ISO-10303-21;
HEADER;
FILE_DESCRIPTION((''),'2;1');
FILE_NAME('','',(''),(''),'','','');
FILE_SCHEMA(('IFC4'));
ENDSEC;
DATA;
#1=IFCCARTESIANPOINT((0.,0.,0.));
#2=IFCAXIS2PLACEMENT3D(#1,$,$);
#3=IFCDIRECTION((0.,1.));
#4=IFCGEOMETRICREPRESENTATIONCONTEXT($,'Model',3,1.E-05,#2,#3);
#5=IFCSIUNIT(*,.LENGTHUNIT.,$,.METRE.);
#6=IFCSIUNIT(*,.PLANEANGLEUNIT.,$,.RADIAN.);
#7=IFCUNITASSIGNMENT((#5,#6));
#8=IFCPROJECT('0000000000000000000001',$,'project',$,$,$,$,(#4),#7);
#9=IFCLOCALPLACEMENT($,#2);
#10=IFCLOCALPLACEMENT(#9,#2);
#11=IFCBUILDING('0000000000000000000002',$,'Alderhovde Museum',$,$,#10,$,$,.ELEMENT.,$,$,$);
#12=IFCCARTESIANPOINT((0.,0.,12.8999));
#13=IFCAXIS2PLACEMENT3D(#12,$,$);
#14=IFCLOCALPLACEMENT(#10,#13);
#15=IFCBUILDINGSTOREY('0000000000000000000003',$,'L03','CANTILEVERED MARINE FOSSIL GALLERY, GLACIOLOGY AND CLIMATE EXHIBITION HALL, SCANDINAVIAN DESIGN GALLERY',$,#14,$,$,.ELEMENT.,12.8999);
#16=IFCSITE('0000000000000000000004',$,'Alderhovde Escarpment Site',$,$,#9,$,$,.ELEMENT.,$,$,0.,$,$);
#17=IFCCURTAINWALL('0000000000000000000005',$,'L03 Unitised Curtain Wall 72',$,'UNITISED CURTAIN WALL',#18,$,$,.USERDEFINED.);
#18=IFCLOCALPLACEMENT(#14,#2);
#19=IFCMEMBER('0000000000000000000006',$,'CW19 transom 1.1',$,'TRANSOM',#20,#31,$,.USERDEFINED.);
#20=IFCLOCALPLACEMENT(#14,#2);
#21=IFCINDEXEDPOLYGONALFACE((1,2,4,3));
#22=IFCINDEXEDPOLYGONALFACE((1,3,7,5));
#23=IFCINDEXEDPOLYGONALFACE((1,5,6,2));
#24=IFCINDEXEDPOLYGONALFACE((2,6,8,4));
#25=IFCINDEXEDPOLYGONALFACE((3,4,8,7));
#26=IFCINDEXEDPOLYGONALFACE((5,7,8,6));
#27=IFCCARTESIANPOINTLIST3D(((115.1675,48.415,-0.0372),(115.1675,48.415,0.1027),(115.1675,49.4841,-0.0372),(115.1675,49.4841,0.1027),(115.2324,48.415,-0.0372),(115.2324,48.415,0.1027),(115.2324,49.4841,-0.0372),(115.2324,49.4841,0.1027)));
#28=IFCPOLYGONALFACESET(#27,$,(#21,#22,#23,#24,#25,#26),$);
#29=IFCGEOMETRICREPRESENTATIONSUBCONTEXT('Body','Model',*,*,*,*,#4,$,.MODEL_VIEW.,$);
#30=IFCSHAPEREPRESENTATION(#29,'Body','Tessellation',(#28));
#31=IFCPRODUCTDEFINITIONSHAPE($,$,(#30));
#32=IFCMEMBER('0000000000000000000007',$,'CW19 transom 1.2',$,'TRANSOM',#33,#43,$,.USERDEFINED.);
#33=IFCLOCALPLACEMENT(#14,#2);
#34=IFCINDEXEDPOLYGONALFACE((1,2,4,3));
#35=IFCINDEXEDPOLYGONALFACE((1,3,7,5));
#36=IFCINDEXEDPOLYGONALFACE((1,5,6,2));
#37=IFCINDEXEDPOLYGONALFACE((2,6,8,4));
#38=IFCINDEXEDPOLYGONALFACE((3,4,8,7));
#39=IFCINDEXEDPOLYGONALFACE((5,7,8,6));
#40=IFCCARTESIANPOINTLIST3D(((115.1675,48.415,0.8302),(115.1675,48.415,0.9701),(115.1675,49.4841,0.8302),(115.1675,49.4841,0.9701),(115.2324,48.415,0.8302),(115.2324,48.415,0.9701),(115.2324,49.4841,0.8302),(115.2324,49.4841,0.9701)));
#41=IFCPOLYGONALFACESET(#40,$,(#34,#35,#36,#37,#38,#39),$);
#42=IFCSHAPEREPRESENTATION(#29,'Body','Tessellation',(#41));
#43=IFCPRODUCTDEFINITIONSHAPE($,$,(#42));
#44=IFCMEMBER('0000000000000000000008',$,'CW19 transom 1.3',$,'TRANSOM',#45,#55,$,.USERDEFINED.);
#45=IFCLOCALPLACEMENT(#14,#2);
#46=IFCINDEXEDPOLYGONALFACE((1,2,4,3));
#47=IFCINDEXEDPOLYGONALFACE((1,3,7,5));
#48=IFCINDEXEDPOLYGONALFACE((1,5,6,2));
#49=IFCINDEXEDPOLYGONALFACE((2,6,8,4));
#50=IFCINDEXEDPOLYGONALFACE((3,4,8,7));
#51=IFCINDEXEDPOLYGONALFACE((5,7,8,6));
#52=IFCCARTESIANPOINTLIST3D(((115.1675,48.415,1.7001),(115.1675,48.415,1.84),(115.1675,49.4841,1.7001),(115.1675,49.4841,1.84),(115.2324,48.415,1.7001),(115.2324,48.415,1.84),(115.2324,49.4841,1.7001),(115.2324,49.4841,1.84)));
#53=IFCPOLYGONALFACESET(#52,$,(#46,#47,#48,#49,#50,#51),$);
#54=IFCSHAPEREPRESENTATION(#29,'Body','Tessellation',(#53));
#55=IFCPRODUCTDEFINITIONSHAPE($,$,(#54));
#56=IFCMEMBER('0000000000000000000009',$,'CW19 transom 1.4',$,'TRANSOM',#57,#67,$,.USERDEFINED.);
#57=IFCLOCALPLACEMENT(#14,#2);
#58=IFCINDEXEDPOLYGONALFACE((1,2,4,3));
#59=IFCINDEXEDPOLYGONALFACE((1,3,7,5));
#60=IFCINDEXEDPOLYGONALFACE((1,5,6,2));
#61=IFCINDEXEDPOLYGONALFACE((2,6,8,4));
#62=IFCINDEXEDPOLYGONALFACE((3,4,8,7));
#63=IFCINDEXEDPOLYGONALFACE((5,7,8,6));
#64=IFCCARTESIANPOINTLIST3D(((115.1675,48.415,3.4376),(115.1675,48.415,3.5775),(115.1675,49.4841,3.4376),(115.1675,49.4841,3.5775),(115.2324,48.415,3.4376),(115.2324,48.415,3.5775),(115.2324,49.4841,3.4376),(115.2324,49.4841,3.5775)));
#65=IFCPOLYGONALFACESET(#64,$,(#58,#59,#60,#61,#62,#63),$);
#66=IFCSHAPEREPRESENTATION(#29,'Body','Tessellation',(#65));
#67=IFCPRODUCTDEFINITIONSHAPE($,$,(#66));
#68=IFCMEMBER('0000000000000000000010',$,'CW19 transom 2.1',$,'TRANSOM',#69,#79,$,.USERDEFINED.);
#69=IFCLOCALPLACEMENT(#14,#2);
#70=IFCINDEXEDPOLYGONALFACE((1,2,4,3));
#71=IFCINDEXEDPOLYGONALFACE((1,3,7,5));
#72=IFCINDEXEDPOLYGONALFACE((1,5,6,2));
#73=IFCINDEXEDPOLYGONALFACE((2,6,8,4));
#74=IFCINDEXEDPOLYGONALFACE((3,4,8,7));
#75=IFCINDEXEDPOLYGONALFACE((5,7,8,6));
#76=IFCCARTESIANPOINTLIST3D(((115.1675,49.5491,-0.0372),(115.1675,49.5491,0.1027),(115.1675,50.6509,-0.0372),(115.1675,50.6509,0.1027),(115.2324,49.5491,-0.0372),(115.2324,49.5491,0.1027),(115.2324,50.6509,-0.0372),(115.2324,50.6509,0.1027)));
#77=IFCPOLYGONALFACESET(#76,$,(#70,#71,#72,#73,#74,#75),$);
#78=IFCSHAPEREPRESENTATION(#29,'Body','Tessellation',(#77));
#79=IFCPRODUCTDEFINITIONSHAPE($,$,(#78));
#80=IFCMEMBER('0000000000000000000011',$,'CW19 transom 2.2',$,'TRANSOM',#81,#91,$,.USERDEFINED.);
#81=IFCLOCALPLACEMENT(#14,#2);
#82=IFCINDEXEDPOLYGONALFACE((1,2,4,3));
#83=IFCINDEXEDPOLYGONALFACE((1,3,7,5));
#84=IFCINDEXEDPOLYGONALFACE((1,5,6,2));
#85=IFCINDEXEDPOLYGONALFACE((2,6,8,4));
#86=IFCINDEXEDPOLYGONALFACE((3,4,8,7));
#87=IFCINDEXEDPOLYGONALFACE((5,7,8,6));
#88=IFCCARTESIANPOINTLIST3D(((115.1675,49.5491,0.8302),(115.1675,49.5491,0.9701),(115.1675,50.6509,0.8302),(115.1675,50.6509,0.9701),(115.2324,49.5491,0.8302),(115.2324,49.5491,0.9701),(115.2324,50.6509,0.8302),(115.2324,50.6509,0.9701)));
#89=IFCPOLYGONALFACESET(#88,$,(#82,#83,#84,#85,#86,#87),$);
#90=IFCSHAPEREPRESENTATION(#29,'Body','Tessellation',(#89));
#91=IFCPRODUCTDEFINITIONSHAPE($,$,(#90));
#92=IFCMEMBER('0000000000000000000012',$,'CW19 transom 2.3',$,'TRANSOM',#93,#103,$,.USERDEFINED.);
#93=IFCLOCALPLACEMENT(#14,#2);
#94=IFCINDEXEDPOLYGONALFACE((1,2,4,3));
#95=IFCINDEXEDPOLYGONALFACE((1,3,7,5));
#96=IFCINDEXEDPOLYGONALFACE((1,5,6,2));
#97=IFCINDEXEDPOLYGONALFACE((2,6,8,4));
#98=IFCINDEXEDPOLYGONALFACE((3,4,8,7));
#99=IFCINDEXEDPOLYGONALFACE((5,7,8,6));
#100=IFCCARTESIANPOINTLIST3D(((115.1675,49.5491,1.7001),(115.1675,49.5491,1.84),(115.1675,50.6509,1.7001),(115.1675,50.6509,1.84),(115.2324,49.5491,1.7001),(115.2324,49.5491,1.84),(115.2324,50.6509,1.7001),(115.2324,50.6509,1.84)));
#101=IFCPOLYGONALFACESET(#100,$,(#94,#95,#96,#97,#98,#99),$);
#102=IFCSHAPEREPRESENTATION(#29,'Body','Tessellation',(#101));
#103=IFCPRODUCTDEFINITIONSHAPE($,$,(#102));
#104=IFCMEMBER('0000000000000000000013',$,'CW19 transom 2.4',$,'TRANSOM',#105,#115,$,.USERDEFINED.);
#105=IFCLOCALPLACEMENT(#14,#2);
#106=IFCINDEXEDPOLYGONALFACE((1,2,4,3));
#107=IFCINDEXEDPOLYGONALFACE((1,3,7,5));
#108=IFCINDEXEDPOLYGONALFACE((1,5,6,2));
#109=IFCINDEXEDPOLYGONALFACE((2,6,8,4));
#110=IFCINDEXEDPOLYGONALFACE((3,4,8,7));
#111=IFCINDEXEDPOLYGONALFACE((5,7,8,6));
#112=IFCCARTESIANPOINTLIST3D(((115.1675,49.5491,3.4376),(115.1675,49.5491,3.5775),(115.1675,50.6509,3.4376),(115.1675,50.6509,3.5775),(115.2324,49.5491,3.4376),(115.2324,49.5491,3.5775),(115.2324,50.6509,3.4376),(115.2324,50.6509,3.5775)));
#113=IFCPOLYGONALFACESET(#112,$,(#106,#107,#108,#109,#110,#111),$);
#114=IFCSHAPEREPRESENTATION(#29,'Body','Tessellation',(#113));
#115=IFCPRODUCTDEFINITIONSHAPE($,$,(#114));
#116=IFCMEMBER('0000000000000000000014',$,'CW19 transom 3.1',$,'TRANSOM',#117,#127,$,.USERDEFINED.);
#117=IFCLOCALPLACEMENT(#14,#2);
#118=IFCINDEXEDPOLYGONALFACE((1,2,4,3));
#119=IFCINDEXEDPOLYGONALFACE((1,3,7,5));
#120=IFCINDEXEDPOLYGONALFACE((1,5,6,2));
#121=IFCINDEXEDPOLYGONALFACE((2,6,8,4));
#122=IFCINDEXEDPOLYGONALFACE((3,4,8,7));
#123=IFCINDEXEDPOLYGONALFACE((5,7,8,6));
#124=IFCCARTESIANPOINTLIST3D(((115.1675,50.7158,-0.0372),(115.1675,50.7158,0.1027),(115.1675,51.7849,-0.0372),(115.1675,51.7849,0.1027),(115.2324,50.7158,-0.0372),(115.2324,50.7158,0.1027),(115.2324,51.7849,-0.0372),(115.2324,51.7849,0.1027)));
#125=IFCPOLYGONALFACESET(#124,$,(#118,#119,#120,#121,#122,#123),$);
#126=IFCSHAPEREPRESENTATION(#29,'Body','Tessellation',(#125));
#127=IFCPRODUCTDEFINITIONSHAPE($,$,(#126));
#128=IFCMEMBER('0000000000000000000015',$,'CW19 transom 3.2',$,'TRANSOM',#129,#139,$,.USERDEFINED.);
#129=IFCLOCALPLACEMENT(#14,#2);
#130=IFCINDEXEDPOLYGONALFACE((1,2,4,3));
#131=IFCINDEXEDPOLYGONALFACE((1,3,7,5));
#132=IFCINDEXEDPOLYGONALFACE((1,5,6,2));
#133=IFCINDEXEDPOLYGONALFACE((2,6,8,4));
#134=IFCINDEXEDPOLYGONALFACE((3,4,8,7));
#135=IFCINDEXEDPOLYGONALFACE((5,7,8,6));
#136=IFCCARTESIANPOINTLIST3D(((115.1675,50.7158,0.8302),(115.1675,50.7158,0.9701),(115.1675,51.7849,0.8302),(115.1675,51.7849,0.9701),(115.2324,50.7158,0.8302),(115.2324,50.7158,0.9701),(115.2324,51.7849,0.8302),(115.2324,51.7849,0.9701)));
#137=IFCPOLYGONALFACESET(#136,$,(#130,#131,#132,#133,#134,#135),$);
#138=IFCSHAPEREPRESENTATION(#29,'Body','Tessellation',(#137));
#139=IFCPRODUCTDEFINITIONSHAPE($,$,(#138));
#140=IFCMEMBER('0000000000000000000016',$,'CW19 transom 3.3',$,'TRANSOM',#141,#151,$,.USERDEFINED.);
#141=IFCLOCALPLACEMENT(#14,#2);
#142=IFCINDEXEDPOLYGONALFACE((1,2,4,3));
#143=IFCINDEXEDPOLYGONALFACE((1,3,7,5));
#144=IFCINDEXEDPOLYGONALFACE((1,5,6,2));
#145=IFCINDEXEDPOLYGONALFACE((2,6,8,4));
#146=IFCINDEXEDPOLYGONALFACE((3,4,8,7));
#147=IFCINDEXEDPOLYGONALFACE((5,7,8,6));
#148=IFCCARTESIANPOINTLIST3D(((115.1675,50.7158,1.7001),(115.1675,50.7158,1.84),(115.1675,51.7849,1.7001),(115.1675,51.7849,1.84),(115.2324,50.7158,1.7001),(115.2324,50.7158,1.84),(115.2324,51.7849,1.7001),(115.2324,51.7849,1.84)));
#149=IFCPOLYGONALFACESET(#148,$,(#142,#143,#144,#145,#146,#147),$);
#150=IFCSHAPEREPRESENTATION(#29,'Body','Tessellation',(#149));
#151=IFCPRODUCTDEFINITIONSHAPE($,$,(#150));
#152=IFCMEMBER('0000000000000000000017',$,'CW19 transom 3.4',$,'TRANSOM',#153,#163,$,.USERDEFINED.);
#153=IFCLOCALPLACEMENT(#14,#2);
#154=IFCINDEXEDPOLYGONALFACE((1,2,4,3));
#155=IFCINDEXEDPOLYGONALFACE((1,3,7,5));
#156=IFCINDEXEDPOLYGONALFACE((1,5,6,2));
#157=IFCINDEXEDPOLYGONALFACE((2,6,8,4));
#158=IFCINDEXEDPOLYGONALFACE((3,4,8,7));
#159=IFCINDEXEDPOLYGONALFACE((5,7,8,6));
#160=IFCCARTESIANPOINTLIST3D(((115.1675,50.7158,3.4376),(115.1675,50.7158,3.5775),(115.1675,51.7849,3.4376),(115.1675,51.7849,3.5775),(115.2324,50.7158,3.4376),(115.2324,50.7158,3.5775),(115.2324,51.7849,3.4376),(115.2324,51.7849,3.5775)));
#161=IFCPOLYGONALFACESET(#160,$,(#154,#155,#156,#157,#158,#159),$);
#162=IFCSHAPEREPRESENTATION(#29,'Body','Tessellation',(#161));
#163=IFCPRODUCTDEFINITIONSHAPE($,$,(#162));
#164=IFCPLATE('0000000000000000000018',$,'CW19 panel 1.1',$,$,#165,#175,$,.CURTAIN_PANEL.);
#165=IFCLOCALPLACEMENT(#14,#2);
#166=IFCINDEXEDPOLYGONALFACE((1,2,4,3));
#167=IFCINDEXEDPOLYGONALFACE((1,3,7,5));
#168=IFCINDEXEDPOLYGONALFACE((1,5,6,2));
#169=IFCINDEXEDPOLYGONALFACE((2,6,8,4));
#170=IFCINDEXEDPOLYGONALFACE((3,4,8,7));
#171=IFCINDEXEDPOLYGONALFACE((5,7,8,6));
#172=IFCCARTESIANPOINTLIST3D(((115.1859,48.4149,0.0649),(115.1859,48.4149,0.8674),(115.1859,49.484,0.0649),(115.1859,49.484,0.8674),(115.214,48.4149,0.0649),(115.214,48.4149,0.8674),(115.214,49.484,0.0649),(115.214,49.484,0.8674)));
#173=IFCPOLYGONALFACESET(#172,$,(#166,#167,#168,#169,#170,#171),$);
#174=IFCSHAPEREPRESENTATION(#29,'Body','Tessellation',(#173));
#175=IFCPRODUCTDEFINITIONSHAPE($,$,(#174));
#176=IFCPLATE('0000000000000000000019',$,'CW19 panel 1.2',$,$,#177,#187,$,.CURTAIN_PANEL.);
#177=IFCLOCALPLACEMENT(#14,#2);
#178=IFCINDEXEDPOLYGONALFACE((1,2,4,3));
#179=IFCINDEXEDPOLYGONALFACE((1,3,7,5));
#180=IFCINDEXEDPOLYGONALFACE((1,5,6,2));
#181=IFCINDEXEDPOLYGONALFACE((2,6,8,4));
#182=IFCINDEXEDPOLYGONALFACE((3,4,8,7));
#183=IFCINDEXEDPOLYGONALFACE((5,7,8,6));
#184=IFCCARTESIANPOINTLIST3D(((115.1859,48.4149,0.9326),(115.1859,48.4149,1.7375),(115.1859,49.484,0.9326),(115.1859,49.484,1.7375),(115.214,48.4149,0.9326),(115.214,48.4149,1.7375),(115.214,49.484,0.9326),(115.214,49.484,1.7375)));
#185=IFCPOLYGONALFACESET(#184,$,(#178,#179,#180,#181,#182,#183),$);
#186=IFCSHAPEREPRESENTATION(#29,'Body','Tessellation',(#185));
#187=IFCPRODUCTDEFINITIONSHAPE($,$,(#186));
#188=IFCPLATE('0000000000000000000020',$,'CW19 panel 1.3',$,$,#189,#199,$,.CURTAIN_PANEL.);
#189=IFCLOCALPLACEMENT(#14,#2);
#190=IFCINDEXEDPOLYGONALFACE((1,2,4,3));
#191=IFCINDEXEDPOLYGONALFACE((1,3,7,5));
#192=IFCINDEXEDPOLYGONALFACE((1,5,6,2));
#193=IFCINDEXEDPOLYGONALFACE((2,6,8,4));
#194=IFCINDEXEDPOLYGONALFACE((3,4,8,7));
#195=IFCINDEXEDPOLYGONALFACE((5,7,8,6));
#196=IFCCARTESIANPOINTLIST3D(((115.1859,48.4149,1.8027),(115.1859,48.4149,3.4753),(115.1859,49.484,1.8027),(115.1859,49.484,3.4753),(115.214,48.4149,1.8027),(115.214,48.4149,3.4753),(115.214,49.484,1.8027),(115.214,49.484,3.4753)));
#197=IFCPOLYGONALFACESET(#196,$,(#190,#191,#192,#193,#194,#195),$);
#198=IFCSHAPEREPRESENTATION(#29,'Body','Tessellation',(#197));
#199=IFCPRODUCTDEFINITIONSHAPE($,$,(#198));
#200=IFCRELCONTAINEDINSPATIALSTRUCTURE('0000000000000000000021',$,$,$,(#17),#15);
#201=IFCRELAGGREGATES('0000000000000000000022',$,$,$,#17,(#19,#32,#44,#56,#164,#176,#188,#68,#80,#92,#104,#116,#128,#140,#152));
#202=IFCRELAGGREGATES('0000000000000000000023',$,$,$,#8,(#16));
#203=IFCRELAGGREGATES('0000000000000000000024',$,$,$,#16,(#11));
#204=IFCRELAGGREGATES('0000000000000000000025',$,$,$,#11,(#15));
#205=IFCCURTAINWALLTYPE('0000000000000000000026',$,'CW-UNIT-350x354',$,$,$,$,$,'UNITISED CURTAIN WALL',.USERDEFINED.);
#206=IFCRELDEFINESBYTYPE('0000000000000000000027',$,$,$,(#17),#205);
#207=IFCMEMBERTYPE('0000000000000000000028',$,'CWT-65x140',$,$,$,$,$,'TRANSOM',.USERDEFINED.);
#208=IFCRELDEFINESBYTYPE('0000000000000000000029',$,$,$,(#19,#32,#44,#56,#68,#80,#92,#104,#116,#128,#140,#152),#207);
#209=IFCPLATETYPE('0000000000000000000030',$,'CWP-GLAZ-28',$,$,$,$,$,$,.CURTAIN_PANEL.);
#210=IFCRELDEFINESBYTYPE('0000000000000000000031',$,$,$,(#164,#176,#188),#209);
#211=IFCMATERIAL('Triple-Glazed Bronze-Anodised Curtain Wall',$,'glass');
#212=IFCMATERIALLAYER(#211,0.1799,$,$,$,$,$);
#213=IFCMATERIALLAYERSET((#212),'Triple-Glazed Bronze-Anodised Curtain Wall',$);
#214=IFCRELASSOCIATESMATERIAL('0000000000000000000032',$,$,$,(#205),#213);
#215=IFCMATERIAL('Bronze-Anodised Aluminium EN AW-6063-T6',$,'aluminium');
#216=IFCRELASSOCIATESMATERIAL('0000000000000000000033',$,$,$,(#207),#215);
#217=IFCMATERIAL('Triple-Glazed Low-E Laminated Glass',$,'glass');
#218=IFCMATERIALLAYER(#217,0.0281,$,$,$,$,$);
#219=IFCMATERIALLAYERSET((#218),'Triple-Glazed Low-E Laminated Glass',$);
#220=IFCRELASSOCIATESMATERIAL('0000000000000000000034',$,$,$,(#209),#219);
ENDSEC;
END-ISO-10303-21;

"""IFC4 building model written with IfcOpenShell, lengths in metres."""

from ifc_helpers import new_model, si_unit, direction, frame, origin, origin_2d, place, context, subcontext, project, spatial, rectangle, extrude, material, layer, layer_set, material_profile, profile_set, type_object, element, aggregate, save


model = new_model("IFC4")

# Units and contexts
model_context = context("Model", 3, precision=1e-05, world=origin(), true_north=direction((0.0, 1.0)))
body_context = subcontext(model_context, "Body", "Model", "MODEL_VIEW")
ifc_project = project(units=[si_unit("LENGTHUNIT", "METRE"), si_unit("PLANEANGLEUNIT", "RADIAN")], contexts=[model_context])

# Site, building, storey
site_placement = place(None, origin())
site = spatial("IfcSite", under=ifc_project, at=site_placement, Name="Alderhovde Escarpment Site", CompositionType="ELEMENT", RefElevation=0.0)
building_placement = place(site_placement, origin())
building = spatial("IfcBuilding", under=site, at=building_placement, Name="Alderhovde Museum", CompositionType="ELEMENT")
storey_placement = place(building_placement, frame((0.0, 0.0, 12.8999)))
storey = spatial("IfcBuildingStorey", under=building, at=storey_placement, Name="L03", Description="CANTILEVERED MARINE FOSSIL GALLERY, GLACIOLOGY AND CLIMATE EXHIBITION HALL, SCANDINAVIAN DESIGN GALLERY", CompositionType="ELEMENT", Elevation=12.8999)

# Curtain wall
ifc_material_1 = material(Name="Triple-Glazed Bronze-Anodised Curtain Wall", Category="glass")
ifc_layer_1 = layer(ifc_material_1, 0.1799)
ifc_layer_set_1 = layer_set([ifc_layer_1], Name="Triple-Glazed Bronze-Anodised Curtain Wall")
curtain_wall_type_1 = type_object("IfcCurtainWallType", Name="CW-UNIT-350x354", ElementType="UNITISED CURTAIN WALL", PredefinedType="USERDEFINED", material=ifc_layer_set_1)
curtain_wall_1_placement = place(storey_placement, origin())
curtain_wall_1 = element("IfcCurtainWall", 1, at=curtain_wall_1_placement, inside=storey, type_object=curtain_wall_type_1, Name="L03 Unitised Curtain Wall 72", ObjectType="UNITISED CURTAIN WALL", PredefinedType="USERDEFINED")

# Members
ifc_material_2 = material(Name="Bronze-Anodised Aluminium EN AW-6063-T6", Category="aluminium")
ifc_material_profile_1 = material_profile(ifc_material_2, rectangle(XDim=0.0649, YDim=0.1399, at=origin_2d()), Name="TRANSOM 65x140")
ifc_profile_set_1 = profile_set([ifc_material_profile_1], Name="Bronze-Anodised Aluminium EN AW-6063-T6")
member_type_1 = type_object("IfcMemberType", Name="CWT-65x140", ElementType="TRANSOM", PredefinedType="USERDEFINED", material=ifc_profile_set_1)
member_1_placement = place(storey_placement, frame((115.2, 48.415, 0.0327), z_axis=(0.0, 1.0, 0.0), x_axis=(-1.0, 0.0, 0.0)))
member_1 = element("IfcMember", 2, at=member_1_placement, type_object=member_type_1, Name="CW19 transom 1.1", ObjectType="TRANSOM", PredefinedType="USERDEFINED", context=body_context, shape_type="SweptSolid", body=[
    extrude(rectangle(XDim=0.0649, YDim=0.1399, at=origin_2d()), origin(), (0.0, 0.0, 1.0), 1.0691),
])
member_2_placement = place(storey_placement, frame((115.2, 48.415, 0.9001), z_axis=(0.0, 1.0, 0.0), x_axis=(-1.0, 0.0, 0.0)))
member_2 = element("IfcMember", 3, at=member_2_placement, type_object=member_type_1, Name="CW19 transom 1.2", ObjectType="TRANSOM", PredefinedType="USERDEFINED", context=body_context, shape_type="SweptSolid", body=[
    extrude(rectangle(XDim=0.0649, YDim=0.1399, at=origin_2d()), origin(), (0.0, 0.0, 1.0), 1.0691),
])
member_3_placement = place(storey_placement, frame((115.2, 48.415, 1.77), z_axis=(0.0, 1.0, 0.0), x_axis=(-1.0, 0.0, 0.0)))
member_3 = element("IfcMember", 4, at=member_3_placement, type_object=member_type_1, Name="CW19 transom 1.3", ObjectType="TRANSOM", PredefinedType="USERDEFINED", context=body_context, shape_type="SweptSolid", body=[
    extrude(rectangle(XDim=0.0649, YDim=0.1399, at=origin_2d()), origin(), (0.0, 0.0, 1.0), 1.0691),
])
member_4_placement = place(storey_placement, frame((115.2, 48.415, 3.5076), z_axis=(0.0, 1.0, 0.0), x_axis=(-1.0, 0.0, 0.0)))
member_4 = element("IfcMember", 5, at=member_4_placement, type_object=member_type_1, Name="CW19 transom 1.4", ObjectType="TRANSOM", PredefinedType="USERDEFINED", context=body_context, shape_type="SweptSolid", body=[
    extrude(rectangle(XDim=0.0649, YDim=0.1399, at=origin_2d()), origin(), (0.0, 0.0, 1.0), 1.0691),
])
member_5_placement = place(storey_placement, frame((115.2, 49.5491, 0.0327), z_axis=(0.0, 1.0, 0.0), x_axis=(-1.0, 0.0, 0.0)))
member_5 = element("IfcMember", 6, at=member_5_placement, type_object=member_type_1, Name="CW19 transom 2.1", ObjectType="TRANSOM", PredefinedType="USERDEFINED", context=body_context, shape_type="SweptSolid", body=[
    extrude(rectangle(XDim=0.0649, YDim=0.1399, at=origin_2d()), origin(), (0.0, 0.0, 1.0), 1.1018),
])
member_6_placement = place(storey_placement, frame((115.2, 49.5491, 0.9001), z_axis=(0.0, 1.0, 0.0), x_axis=(-1.0, 0.0, 0.0)))
member_6 = element("IfcMember", 7, at=member_6_placement, type_object=member_type_1, Name="CW19 transom 2.2", ObjectType="TRANSOM", PredefinedType="USERDEFINED", context=body_context, shape_type="SweptSolid", body=[
    extrude(rectangle(XDim=0.0649, YDim=0.1399, at=origin_2d()), origin(), (0.0, 0.0, 1.0), 1.1018),
])
member_7_placement = place(storey_placement, frame((115.2, 49.5491, 1.77), z_axis=(0.0, 1.0, 0.0), x_axis=(-1.0, 0.0, 0.0)))
member_7 = element("IfcMember", 8, at=member_7_placement, type_object=member_type_1, Name="CW19 transom 2.3", ObjectType="TRANSOM", PredefinedType="USERDEFINED", context=body_context, shape_type="SweptSolid", body=[
    extrude(rectangle(XDim=0.0649, YDim=0.1399, at=origin_2d()), origin(), (0.0, 0.0, 1.0), 1.1018),
])
member_8_placement = place(storey_placement, frame((115.2, 49.5491, 3.5076), z_axis=(0.0, 1.0, 0.0), x_axis=(-1.0, 0.0, 0.0)))
member_8 = element("IfcMember", 9, at=member_8_placement, type_object=member_type_1, Name="CW19 transom 2.4", ObjectType="TRANSOM", PredefinedType="USERDEFINED", context=body_context, shape_type="SweptSolid", body=[
    extrude(rectangle(XDim=0.0649, YDim=0.1399, at=origin_2d()), origin(), (0.0, 0.0, 1.0), 1.1018),
])
member_9_placement = place(storey_placement, frame((115.2, 50.7158, 0.0327), z_axis=(0.0, 1.0, 0.0), x_axis=(-1.0, 0.0, 0.0)))
member_9 = element("IfcMember", 10, at=member_9_placement, type_object=member_type_1, Name="CW19 transom 3.1", ObjectType="TRANSOM", PredefinedType="USERDEFINED", context=body_context, shape_type="SweptSolid", body=[
    extrude(rectangle(XDim=0.0649, YDim=0.1399, at=origin_2d()), origin(), (0.0, 0.0, 1.0), 1.0691),
])
member_10_placement = place(storey_placement, frame((115.2, 50.7158, 0.9001), z_axis=(0.0, 1.0, 0.0), x_axis=(-1.0, 0.0, 0.0)))
member_10 = element("IfcMember", 11, at=member_10_placement, type_object=member_type_1, Name="CW19 transom 3.2", ObjectType="TRANSOM", PredefinedType="USERDEFINED", context=body_context, shape_type="SweptSolid", body=[
    extrude(rectangle(XDim=0.0649, YDim=0.1399, at=origin_2d()), origin(), (0.0, 0.0, 1.0), 1.0691),
])
member_11_placement = place(storey_placement, frame((115.2, 50.7158, 1.77), z_axis=(0.0, 1.0, 0.0), x_axis=(-1.0, 0.0, 0.0)))
member_11 = element("IfcMember", 12, at=member_11_placement, type_object=member_type_1, Name="CW19 transom 3.3", ObjectType="TRANSOM", PredefinedType="USERDEFINED", context=body_context, shape_type="SweptSolid", body=[
    extrude(rectangle(XDim=0.0649, YDim=0.1399, at=origin_2d()), origin(), (0.0, 0.0, 1.0), 1.0691),
])
member_12_placement = place(storey_placement, frame((115.2, 50.7158, 3.5076), z_axis=(0.0, 1.0, 0.0), x_axis=(-1.0, 0.0, 0.0)))
member_12 = element("IfcMember", 13, at=member_12_placement, type_object=member_type_1, Name="CW19 transom 3.4", ObjectType="TRANSOM", PredefinedType="USERDEFINED", context=body_context, shape_type="SweptSolid", body=[
    extrude(rectangle(XDim=0.0649, YDim=0.1399, at=origin_2d()), origin(), (0.0, 0.0, 1.0), 1.0691),
])

# Plates
ifc_material_3 = material(Name="Triple-Glazed Low-E Laminated Glass", Category="glass")
ifc_layer_2 = layer(ifc_material_3, 0.0281)
ifc_layer_set_2 = layer_set([ifc_layer_2], Name="Triple-Glazed Low-E Laminated Glass")
plate_type_1 = type_object("IfcPlateType", Name="CWP-GLAZ-28", PredefinedType="CURTAIN_PANEL", material=ifc_layer_set_2)
plate_1_placement = place(storey_placement, frame((115.2, 48.9495, 0.0649), z_axis=(0.0, 0.0, 1.0), x_axis=(0.0, 1.0, 0.0)))
plate_1 = element("IfcPlate", 14, at=plate_1_placement, type_object=plate_type_1, Name="CW19 panel 1.1", PredefinedType="CURTAIN_PANEL", context=body_context, shape_type="SweptSolid", body=[
    extrude(rectangle(XDim=1.0691, YDim=0.0281, at=origin_2d()), origin(), (0.0, 0.0, 1.0), 0.8025),
])
plate_2_placement = place(storey_placement, frame((115.2, 48.9495, 0.9326), z_axis=(0.0, 0.0, 1.0), x_axis=(0.0, 1.0, 0.0)))
plate_2 = element("IfcPlate", 15, at=plate_2_placement, type_object=plate_type_1, Name="CW19 panel 1.2", PredefinedType="CURTAIN_PANEL", context=body_context, shape_type="SweptSolid", body=[
    extrude(rectangle(XDim=1.0691, YDim=0.0281, at=origin_2d()), origin(), (0.0, 0.0, 1.0), 0.8049),
])
plate_3_placement = place(storey_placement, frame((115.2, 48.9495, 1.8027), z_axis=(0.0, 0.0, 1.0), x_axis=(0.0, 1.0, 0.0)))
plate_3 = element("IfcPlate", 16, at=plate_3_placement, type_object=plate_type_1, Name="CW19 panel 1.3", PredefinedType="CURTAIN_PANEL", context=body_context, shape_type="SweptSolid", body=[
    extrude(rectangle(XDim=1.0691, YDim=0.0281, at=origin_2d()), origin(), (0.0, 0.0, 1.0), 1.6726),
])
aggregate(curtain_wall_1, [member_1, member_2, member_3, member_4, plate_1, plate_2, plate_3, member_5, member_6, member_7, member_8, member_9, member_10, member_11, member_12])

save(model, "model.ifc")
